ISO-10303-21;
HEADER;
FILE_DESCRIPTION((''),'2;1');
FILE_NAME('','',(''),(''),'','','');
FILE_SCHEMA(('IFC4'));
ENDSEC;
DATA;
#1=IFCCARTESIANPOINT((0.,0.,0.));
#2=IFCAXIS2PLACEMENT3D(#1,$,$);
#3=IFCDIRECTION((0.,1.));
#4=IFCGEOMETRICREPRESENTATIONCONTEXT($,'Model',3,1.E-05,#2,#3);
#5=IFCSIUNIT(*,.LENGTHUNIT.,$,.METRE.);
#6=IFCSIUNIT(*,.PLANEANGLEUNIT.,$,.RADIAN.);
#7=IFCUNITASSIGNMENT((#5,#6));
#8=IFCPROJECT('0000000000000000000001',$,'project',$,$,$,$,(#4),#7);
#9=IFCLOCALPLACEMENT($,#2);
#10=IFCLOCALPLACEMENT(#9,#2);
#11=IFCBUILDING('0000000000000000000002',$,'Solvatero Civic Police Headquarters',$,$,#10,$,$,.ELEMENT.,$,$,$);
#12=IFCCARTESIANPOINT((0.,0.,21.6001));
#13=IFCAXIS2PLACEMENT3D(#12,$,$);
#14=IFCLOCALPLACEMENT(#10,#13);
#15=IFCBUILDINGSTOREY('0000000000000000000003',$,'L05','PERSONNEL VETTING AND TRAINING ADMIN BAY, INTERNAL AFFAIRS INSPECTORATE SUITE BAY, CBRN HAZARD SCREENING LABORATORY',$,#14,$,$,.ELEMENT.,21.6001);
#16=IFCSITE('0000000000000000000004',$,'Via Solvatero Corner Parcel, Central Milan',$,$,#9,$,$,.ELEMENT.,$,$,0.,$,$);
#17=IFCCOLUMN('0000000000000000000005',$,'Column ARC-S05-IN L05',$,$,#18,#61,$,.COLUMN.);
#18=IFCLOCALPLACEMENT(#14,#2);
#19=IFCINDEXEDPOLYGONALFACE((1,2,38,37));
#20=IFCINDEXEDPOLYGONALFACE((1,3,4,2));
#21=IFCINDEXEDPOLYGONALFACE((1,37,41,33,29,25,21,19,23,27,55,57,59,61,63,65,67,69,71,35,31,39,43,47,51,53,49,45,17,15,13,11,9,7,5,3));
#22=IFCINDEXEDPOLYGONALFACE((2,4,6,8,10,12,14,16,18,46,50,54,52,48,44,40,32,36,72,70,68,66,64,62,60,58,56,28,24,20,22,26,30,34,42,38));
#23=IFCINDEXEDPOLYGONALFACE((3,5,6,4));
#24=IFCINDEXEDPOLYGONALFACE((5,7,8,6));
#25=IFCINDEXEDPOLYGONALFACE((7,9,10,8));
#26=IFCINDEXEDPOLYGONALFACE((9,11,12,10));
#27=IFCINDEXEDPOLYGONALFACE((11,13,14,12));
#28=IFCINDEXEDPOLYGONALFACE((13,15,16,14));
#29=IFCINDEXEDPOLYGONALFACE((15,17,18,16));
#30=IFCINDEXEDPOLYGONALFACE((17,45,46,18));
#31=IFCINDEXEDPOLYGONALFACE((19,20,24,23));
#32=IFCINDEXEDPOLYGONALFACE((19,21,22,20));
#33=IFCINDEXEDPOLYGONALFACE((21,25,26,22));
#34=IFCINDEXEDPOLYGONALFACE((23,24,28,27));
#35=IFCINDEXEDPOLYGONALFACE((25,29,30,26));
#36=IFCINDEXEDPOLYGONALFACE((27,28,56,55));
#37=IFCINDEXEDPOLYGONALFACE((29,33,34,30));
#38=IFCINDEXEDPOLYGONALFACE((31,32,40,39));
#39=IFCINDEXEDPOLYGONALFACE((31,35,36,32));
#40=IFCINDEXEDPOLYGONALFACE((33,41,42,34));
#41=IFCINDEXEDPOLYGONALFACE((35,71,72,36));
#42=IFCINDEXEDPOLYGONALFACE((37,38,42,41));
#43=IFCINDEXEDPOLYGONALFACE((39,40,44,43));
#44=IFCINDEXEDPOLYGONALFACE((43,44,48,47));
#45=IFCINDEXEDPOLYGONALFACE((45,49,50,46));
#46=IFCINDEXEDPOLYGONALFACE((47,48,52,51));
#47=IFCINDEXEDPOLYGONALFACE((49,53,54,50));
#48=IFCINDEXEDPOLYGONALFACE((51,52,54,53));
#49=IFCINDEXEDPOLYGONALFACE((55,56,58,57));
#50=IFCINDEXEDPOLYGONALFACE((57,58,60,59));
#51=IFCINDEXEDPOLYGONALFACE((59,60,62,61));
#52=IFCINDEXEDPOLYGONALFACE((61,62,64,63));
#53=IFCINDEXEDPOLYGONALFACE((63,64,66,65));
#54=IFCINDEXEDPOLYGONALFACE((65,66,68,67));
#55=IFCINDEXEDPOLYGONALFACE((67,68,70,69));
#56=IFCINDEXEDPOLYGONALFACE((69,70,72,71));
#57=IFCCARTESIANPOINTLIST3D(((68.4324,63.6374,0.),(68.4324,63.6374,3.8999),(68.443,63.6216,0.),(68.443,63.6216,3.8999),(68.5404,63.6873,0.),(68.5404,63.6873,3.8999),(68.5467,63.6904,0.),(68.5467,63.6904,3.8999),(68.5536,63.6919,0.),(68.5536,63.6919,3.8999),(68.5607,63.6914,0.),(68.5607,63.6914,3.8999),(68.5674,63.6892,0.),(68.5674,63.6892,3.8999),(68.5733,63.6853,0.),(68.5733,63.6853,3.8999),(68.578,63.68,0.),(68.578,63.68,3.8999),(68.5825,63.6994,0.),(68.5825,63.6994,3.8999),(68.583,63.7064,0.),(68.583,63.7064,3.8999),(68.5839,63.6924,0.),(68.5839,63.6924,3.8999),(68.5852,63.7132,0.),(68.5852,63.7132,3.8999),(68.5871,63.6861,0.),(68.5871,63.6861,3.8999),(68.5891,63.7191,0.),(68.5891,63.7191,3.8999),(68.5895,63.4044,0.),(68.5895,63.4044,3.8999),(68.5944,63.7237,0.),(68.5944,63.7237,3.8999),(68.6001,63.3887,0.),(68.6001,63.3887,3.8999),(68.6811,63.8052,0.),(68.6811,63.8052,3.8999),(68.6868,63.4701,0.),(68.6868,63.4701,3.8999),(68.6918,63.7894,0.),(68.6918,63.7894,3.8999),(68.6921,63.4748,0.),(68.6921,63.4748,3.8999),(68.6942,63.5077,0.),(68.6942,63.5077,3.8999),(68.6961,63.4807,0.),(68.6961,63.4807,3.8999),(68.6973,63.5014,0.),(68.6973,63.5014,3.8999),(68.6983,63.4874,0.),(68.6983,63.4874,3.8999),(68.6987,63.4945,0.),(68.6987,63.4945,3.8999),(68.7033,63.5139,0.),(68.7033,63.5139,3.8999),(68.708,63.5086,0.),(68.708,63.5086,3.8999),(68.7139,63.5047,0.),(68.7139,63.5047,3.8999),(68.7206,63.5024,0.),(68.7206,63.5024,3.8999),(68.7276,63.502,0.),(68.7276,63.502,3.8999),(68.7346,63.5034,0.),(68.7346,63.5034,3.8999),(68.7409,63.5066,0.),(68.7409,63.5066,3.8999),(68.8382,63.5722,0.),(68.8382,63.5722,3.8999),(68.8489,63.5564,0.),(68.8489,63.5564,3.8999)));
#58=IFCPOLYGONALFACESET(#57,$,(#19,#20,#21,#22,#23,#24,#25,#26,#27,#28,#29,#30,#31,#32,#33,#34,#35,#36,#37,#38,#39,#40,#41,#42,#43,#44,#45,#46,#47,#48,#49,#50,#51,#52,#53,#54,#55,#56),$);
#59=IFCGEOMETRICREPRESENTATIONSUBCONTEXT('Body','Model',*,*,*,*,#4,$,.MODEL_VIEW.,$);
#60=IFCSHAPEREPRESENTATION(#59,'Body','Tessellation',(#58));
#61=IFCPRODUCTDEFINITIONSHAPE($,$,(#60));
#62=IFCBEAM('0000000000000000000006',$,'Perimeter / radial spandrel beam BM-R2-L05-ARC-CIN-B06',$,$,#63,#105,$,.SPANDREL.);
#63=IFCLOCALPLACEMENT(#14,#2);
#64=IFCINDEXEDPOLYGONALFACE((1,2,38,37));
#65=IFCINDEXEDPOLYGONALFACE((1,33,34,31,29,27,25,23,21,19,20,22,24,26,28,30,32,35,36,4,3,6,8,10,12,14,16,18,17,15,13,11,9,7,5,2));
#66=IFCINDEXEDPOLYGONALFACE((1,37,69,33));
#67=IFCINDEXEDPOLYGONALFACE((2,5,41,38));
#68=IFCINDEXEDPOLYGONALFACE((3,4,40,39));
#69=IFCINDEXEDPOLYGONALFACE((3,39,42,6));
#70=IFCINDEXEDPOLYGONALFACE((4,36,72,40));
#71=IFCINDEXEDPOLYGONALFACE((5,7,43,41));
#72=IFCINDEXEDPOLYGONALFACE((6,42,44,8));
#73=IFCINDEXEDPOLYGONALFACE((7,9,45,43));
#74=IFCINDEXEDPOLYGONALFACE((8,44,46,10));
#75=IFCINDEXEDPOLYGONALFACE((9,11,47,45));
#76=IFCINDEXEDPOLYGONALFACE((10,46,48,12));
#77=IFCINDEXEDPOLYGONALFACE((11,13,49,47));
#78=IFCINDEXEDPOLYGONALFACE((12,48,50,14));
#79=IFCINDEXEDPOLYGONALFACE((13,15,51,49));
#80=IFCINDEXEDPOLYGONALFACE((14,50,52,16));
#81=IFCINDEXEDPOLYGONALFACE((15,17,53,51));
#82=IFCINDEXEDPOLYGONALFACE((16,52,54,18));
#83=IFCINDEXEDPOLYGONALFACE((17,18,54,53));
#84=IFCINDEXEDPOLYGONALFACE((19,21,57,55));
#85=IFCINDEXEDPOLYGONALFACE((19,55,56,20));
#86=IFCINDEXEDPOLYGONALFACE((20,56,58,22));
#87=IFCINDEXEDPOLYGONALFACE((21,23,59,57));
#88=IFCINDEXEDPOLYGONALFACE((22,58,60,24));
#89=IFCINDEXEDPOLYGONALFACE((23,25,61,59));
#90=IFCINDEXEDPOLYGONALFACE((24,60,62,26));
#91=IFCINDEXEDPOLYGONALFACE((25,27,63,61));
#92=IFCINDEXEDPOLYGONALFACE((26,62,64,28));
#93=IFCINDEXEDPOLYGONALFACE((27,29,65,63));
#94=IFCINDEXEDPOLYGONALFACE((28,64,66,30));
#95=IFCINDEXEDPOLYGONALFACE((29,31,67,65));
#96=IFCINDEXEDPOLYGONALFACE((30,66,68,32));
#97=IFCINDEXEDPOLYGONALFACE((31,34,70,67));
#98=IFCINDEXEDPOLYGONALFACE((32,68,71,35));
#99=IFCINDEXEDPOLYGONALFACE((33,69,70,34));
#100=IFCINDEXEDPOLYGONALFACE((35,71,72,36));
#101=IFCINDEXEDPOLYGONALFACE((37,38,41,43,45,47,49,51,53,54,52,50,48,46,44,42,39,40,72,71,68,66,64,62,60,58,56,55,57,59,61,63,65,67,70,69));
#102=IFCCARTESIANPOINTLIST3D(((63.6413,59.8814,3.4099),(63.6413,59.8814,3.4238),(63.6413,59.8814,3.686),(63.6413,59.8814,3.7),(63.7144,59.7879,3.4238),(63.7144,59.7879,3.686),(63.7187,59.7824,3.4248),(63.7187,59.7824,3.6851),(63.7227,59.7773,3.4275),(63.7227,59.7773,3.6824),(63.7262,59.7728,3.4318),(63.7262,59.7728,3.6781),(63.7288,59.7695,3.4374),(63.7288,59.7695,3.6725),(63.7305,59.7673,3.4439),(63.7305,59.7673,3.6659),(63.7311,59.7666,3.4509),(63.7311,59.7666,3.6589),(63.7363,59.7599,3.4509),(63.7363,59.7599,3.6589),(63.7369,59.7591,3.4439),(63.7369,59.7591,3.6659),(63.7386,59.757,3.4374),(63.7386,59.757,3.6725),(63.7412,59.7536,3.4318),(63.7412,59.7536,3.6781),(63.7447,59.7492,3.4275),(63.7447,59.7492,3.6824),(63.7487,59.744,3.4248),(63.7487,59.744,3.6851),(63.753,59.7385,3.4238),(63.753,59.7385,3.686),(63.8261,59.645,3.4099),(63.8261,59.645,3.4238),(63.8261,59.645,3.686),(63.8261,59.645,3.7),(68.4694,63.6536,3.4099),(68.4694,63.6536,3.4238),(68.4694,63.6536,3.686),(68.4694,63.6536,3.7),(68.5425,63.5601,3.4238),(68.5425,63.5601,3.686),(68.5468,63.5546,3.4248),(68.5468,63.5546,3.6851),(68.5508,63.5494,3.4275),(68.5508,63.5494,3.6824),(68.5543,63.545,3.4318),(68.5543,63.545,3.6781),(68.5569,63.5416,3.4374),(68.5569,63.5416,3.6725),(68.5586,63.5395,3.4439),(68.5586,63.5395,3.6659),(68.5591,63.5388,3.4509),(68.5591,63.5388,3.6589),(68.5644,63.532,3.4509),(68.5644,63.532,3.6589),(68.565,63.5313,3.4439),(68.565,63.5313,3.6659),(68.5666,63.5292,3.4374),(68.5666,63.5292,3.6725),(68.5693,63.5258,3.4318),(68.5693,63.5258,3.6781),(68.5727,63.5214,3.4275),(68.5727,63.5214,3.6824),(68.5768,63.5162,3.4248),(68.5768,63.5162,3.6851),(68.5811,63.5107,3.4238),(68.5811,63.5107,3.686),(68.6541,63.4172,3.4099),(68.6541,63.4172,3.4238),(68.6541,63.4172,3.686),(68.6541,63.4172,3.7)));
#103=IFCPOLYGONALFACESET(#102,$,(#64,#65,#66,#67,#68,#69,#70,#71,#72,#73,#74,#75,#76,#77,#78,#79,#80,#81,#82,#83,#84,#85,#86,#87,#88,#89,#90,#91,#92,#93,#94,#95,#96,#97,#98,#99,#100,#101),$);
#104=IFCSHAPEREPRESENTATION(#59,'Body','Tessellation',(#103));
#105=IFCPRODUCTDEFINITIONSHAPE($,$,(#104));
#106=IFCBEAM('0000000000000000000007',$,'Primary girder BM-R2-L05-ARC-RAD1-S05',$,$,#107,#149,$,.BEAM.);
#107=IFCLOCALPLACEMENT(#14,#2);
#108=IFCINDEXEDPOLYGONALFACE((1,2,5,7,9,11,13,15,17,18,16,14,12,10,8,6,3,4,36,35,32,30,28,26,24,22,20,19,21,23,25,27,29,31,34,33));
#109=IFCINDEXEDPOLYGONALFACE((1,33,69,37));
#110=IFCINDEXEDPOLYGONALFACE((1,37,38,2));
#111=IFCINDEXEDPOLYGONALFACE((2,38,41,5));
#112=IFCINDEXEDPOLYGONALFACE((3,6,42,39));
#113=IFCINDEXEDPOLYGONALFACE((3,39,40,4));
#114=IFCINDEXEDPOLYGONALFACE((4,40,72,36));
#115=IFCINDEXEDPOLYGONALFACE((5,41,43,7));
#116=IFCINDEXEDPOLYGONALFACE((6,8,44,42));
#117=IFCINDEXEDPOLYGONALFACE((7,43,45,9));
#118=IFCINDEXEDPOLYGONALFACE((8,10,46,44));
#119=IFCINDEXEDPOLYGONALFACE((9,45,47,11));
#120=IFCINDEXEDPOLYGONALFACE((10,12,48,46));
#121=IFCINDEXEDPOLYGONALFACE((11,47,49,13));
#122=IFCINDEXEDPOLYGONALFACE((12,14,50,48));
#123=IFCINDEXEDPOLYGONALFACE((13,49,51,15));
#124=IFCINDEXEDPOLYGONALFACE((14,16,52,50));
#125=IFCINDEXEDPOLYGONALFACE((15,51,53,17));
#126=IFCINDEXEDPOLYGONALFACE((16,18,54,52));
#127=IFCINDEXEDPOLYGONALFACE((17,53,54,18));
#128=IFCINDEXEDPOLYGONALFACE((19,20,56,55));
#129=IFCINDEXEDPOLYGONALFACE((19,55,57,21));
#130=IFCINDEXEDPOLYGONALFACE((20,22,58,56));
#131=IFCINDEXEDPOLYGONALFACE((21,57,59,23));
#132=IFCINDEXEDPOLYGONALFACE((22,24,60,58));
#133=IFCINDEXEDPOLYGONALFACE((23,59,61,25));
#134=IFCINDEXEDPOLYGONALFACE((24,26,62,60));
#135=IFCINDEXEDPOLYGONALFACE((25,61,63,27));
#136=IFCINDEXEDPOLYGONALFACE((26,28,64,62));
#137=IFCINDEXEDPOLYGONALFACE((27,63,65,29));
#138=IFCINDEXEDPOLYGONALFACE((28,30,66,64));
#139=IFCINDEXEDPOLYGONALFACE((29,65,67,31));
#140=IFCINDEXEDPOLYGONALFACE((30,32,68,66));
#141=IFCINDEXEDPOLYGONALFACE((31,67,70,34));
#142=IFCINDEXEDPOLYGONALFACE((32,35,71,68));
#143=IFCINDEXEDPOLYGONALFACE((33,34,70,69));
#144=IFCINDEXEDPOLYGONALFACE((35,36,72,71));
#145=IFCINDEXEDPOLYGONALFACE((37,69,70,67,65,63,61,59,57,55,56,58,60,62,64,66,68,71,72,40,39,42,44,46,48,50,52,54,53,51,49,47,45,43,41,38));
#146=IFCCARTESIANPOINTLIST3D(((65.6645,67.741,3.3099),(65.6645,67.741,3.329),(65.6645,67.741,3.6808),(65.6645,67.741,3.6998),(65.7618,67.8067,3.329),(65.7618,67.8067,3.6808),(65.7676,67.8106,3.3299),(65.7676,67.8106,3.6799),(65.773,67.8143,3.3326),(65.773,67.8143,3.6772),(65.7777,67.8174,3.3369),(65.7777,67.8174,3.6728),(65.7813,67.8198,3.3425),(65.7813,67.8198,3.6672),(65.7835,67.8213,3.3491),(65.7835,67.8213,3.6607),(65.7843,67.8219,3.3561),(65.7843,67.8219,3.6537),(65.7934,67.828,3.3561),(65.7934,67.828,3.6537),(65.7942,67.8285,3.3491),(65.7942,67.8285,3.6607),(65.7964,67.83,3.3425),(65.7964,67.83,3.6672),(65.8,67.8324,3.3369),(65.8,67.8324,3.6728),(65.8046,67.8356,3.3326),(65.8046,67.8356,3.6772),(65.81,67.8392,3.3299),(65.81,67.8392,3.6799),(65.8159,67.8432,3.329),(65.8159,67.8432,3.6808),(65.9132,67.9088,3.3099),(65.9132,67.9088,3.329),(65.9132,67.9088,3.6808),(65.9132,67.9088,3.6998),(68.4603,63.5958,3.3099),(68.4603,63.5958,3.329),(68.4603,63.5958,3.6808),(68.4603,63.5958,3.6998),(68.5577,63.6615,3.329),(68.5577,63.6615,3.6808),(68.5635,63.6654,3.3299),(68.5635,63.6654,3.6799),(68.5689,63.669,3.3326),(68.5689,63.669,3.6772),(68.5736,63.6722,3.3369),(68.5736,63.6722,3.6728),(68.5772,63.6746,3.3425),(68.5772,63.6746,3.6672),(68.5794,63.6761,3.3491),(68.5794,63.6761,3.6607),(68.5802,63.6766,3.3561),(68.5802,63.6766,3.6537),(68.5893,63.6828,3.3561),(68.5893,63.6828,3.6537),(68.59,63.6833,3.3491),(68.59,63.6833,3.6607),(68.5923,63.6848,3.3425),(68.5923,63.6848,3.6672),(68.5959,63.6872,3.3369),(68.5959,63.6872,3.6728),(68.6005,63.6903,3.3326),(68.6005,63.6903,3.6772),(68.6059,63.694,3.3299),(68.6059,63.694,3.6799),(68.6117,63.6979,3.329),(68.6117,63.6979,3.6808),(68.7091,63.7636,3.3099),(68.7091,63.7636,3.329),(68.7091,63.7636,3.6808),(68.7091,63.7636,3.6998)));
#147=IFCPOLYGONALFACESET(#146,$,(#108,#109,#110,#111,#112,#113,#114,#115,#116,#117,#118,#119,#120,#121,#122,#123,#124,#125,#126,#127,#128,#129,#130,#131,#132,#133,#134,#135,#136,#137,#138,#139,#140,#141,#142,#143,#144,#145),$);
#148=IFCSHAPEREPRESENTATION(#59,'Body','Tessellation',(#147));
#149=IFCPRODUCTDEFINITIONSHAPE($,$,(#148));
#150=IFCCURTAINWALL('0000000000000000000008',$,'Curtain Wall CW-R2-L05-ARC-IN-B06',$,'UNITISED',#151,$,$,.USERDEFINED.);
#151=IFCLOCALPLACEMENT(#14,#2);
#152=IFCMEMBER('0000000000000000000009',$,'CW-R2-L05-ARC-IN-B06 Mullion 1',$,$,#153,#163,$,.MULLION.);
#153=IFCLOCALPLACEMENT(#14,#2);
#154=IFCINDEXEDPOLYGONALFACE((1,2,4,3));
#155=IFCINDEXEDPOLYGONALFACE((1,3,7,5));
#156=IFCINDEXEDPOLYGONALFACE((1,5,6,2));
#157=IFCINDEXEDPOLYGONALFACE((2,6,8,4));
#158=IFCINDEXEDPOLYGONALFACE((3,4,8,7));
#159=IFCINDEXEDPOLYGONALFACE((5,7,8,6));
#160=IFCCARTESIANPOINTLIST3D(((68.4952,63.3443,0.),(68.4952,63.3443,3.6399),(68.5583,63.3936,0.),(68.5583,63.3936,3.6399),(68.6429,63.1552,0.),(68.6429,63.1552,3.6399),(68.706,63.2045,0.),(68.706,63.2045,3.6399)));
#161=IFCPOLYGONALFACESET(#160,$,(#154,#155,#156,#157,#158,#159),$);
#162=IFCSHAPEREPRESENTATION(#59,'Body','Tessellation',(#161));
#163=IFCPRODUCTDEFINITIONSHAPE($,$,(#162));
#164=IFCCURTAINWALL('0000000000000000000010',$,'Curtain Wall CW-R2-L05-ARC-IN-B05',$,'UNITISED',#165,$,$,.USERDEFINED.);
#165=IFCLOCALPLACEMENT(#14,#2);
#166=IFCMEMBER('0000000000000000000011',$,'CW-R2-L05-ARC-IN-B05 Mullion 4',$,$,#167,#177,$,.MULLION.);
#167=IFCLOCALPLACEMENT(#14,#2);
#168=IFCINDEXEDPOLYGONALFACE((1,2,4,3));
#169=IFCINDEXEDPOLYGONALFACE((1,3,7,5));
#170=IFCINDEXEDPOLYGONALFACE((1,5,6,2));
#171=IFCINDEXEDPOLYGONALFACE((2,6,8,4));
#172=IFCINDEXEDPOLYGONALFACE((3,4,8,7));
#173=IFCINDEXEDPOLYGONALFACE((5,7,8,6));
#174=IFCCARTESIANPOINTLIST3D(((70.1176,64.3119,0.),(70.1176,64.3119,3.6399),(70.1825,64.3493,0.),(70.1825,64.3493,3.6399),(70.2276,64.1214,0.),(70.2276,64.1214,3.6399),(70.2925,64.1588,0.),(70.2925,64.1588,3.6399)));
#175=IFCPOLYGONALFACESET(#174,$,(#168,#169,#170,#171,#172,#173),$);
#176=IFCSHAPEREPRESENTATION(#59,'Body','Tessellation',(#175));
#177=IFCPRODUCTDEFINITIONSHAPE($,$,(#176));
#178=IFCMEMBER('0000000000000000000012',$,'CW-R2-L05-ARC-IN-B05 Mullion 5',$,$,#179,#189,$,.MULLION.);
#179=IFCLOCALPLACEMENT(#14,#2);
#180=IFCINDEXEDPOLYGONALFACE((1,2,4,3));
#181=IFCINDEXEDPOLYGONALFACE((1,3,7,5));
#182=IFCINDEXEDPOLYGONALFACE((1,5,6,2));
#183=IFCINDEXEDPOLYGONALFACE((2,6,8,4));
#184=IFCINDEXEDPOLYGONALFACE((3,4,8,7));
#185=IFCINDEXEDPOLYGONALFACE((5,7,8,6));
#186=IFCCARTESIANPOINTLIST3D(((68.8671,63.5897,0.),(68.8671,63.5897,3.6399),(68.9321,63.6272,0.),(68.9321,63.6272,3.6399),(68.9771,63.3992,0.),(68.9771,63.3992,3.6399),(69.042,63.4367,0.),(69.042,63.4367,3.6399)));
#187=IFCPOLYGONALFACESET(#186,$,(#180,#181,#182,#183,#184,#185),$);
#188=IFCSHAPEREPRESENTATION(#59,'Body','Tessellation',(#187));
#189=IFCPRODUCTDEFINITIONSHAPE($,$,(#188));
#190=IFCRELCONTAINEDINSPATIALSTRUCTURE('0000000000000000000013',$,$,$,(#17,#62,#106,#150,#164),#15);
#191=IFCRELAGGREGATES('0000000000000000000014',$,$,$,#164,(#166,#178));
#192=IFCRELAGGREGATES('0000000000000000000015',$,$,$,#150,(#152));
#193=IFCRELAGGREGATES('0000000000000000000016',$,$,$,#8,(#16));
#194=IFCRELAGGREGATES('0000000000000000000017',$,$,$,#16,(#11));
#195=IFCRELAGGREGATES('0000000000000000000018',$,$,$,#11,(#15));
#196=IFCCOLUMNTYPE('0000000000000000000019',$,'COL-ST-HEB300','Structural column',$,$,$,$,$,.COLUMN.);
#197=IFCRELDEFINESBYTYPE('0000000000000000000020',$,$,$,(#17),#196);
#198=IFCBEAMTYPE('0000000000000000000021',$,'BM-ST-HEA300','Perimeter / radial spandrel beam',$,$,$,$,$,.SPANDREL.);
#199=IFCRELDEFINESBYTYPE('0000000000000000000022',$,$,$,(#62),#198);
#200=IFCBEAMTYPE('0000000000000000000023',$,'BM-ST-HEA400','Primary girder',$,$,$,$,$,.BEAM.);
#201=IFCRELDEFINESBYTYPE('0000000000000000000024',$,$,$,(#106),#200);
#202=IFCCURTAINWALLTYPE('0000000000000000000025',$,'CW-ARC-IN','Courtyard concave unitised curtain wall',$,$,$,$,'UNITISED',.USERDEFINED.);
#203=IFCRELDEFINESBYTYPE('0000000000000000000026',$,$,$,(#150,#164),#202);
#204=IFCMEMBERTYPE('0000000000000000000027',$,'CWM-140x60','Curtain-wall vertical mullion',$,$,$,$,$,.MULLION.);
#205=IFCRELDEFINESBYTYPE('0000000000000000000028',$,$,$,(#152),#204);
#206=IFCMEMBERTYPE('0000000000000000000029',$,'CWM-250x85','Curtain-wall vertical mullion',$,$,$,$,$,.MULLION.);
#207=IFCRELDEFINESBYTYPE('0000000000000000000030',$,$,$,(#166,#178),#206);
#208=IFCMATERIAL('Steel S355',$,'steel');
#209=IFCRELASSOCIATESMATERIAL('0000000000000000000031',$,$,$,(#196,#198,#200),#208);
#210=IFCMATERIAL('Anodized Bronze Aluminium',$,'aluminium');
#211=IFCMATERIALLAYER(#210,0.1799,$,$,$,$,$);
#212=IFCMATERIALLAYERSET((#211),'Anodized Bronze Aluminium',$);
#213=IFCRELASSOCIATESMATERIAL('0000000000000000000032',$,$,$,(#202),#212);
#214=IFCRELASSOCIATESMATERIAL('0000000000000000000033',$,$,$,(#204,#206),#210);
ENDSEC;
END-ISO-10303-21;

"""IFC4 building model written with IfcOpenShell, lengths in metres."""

from ifc_helpers import new_model, si_unit, direction, frame, origin, origin_2d, place, context, subcontext, project, spatial, rectangle, i_section, extrude, material, layer, layer_set, material_profile, profile_set, type_object, element, aggregate, save


model = new_model("IFC4")

# Units and contexts
model_context = context("Model", 3, precision=1e-05, world=origin(), true_north=direction((0.0, 1.0)))
body_context = subcontext(model_context, "Body", "Model", "MODEL_VIEW")
ifc_project = project(units=[si_unit("LENGTHUNIT", "METRE"), si_unit("PLANEANGLEUNIT", "RADIAN")], contexts=[model_context])

# Site, building, storey
site_placement = place(None, origin())
site = spatial("IfcSite", under=ifc_project, at=site_placement, Name="Via Solvatero Corner Parcel, Central Milan", CompositionType="ELEMENT", RefElevation=0.0)
building_placement = place(site_placement, origin())
building = spatial("IfcBuilding", under=site, at=building_placement, Name="Solvatero Civic Police Headquarters", CompositionType="ELEMENT")
storey_placement = place(building_placement, frame((0.0, 0.0, 21.6001)))
storey = spatial("IfcBuildingStorey", under=building, at=storey_placement, Name="L05", Description="PERSONNEL VETTING AND TRAINING ADMIN BAY, INTERNAL AFFAIRS INSPECTORATE SUITE BAY, CBRN HAZARD SCREENING LABORATORY", CompositionType="ELEMENT", Elevation=21.6001)

# Column
ifc_material_1 = material(Name="Steel S355", Category="steel")
ifc_material_profile_1 = material_profile(ifc_material_1, i_section(OverallWidth=0.3, OverallDepth=0.3, WebThickness=0.011, FlangeThickness=0.019, FilletRadius=0.0271, at=origin_2d()), Name="HEB 300")
ifc_profile_set_1 = profile_set([ifc_material_profile_1], Name="Steel S355")
column_type = type_object("IfcColumnType", Name="COL-ST-HEB300", Description="Structural column", PredefinedType="COLUMN", material=ifc_profile_set_1)
column_placement = place(storey_placement, frame((68.6406, 63.5969, 0.0), z_axis=(0.0, 0.0, 1.0), x_axis=(0.829038, 0.559193, 0.0)))
element("IfcColumn", 1, at=column_placement, inside=storey, type_object=column_type, Name="Column ARC-S05-IN L05", PredefinedType="COLUMN", context=body_context, shape_type="SweptSolid", body=[
    extrude(i_section(OverallWidth=0.3, OverallDepth=0.3, WebThickness=0.011, FlangeThickness=0.019, FilletRadius=0.0271, at=origin_2d()), origin(), (0.0, 0.0, 1.0), 3.8999),
])

# Beams
ifc_material_profile_2 = material_profile(ifc_material_1, i_section(OverallWidth=0.3, OverallDepth=0.29, WebThickness=0.0085, FlangeThickness=0.0139, FilletRadius=0.0271, at=origin_2d()), Name="HEA 300")
ifc_profile_set_2 = profile_set([ifc_material_profile_2], Name="Steel S355")
beam_type_1 = type_object("IfcBeamType", Name="BM-ST-HEA300", Description="Perimeter / radial spandrel beam", PredefinedType="SPANDREL", material=ifc_profile_set_2)
beam_1_placement = place(storey_placement, frame((68.5618, 63.5354, 3.5549), z_axis=(-0.788005, -0.615669, 0.0), x_axis=(0.615669, -0.788005, 0.0)))
element("IfcBeam", 2, at=beam_1_placement, inside=storey, type_object=beam_type_1, Name="Perimeter / radial spandrel beam BM-R2-L05-ARC-CIN-B06", PredefinedType="SPANDREL", context=body_context, shape_type="SweptSolid", body=[
    extrude(i_section(OverallWidth=0.3, OverallDepth=0.29, WebThickness=0.0085, FlangeThickness=0.0139, FilletRadius=0.0271, at=origin_2d()), origin(), (0.0, 0.0, 1.0), 6.127),
])
ifc_material_profile_3 = material_profile(ifc_material_1, i_section(OverallWidth=0.3, OverallDepth=0.3899, WebThickness=0.011, FlangeThickness=0.019, FilletRadius=0.0271, at=origin_2d()), Name="HEA 400")
ifc_profile_set_3 = profile_set([ifc_material_profile_3], Name="Steel S355")
beam_type_2 = type_object("IfcBeamType", Name="BM-ST-HEA400", Description="Primary girder", PredefinedType="BEAM", material=ifc_profile_set_3)
beam_2_placement = place(storey_placement, frame((68.5847, 63.6797, 3.5049), z_axis=(-0.559177, 0.829048, 0.0), x_axis=(-0.829048, -0.559177, 0.0)))
element("IfcBeam", 3, at=beam_2_placement, inside=storey, type_object=beam_type_2, Name="Primary girder BM-R2-L05-ARC-RAD1-S05", PredefinedType="BEAM", context=body_context, shape_type="SweptSolid", body=[
    extrude(i_section(OverallWidth=0.3, OverallDepth=0.3899, WebThickness=0.011, FlangeThickness=0.019, FilletRadius=0.0271, at=origin_2d()), origin(), (0.0, 0.0, 1.0), 5.0),
])

# Curtain wall, member
ifc_material_2 = material(Name="Anodized Bronze Aluminium", Category="aluminium")
ifc_layer_1 = layer(ifc_material_2, 0.1799)
ifc_layer_set_1 = layer_set([ifc_layer_1], Name="Anodized Bronze Aluminium")
curtain_wall_type = type_object("IfcCurtainWallType", Name="CW-ARC-IN", Description="Courtyard concave unitised curtain wall", ElementType="UNITISED", PredefinedType="USERDEFINED", material=ifc_layer_set_1)
curtain_wall_1_placement = place(storey_placement, origin())
curtain_wall_1 = element("IfcCurtainWall", 4, at=curtain_wall_1_placement, inside=storey, type_object=curtain_wall_type, Name="Curtain Wall CW-R2-L05-ARC-IN-B06", ObjectType="UNITISED", PredefinedType="USERDEFINED")
ifc_material_profile_4 = material_profile(ifc_material_2, rectangle(XDim=0.0801, YDim=0.24, at=origin_2d()), Name="ALU MULLION 80x240")
ifc_profile_set_4 = profile_set([ifc_material_profile_4], Name="Anodized Bronze Aluminium")
member_type_1 = type_object("IfcMemberType", Name="CWM-140x60", Description="Curtain-wall vertical mullion", PredefinedType="MULLION", material=ifc_profile_set_4)
member_1_placement = place(storey_placement, frame((68.6006, 63.2744, 0.0), z_axis=(0.0, 0.0, 1.0), x_axis=(-0.788011, -0.615661, 0.0)))
member_1 = element("IfcMember", 5, at=member_1_placement, type_object=member_type_1, Name="CW-R2-L05-ARC-IN-B06 Mullion 1", PredefinedType="MULLION", context=body_context, shape_type="SweptSolid", body=[
    extrude(rectangle(XDim=0.0801, YDim=0.24, at=origin_2d()), origin(), (0.0, 0.0, 1.0), 3.6399),
])

# Curtain wall, members
curtain_wall_2_placement = place(storey_placement, origin())
curtain_wall_2 = element("IfcCurtainWall", 6, at=curtain_wall_2_placement, inside=storey, type_object=curtain_wall_type, Name="Curtain Wall CW-R2-L05-ARC-IN-B05", ObjectType="UNITISED", PredefinedType="USERDEFINED")
ifc_material_profile_5 = material_profile(ifc_material_2, rectangle(XDim=0.075, YDim=0.22, at=origin_2d()), Name="ALU MULLION 75x220")
ifc_profile_set_5 = profile_set([ifc_material_profile_5], Name="Anodized Bronze Aluminium")
member_type_2 = type_object("IfcMemberType", Name="CWM-250x85", Description="Curtain-wall vertical mullion", PredefinedType="MULLION", material=ifc_profile_set_5)
member_2_placement = place(storey_placement, frame((70.2051, 64.2354, 0.0), z_axis=(0.0, 0.0, 1.0), x_axis=(-0.866025, -0.5, 0.0)))
member_2 = element("IfcMember", 7, at=member_2_placement, type_object=member_type_2, Name="CW-R2-L05-ARC-IN-B05 Mullion 4", PredefinedType="MULLION", context=body_context, shape_type="SweptSolid", body=[
    extrude(rectangle(XDim=0.075, YDim=0.22, at=origin_2d()), origin(), (0.0, 0.0, 1.0), 3.6399),
])
member_3_placement = place(storey_placement, frame((68.9546, 63.5132, 0.0), z_axis=(0.0, 0.0, 1.0), x_axis=(-0.866025, -0.5, 0.0)))
member_3 = element("IfcMember", 8, at=member_3_placement, type_object=member_type_2, Name="CW-R2-L05-ARC-IN-B05 Mullion 5", PredefinedType="MULLION", context=body_context, shape_type="SweptSolid", body=[
    extrude(rectangle(XDim=0.075, YDim=0.22, at=origin_2d()), origin(), (0.0, 0.0, 1.0), 3.6399),
])

aggregate(curtain_wall_2, [member_2, member_3])
aggregate(curtain_wall_1, [member_1])

save(model, "model.ifc")
